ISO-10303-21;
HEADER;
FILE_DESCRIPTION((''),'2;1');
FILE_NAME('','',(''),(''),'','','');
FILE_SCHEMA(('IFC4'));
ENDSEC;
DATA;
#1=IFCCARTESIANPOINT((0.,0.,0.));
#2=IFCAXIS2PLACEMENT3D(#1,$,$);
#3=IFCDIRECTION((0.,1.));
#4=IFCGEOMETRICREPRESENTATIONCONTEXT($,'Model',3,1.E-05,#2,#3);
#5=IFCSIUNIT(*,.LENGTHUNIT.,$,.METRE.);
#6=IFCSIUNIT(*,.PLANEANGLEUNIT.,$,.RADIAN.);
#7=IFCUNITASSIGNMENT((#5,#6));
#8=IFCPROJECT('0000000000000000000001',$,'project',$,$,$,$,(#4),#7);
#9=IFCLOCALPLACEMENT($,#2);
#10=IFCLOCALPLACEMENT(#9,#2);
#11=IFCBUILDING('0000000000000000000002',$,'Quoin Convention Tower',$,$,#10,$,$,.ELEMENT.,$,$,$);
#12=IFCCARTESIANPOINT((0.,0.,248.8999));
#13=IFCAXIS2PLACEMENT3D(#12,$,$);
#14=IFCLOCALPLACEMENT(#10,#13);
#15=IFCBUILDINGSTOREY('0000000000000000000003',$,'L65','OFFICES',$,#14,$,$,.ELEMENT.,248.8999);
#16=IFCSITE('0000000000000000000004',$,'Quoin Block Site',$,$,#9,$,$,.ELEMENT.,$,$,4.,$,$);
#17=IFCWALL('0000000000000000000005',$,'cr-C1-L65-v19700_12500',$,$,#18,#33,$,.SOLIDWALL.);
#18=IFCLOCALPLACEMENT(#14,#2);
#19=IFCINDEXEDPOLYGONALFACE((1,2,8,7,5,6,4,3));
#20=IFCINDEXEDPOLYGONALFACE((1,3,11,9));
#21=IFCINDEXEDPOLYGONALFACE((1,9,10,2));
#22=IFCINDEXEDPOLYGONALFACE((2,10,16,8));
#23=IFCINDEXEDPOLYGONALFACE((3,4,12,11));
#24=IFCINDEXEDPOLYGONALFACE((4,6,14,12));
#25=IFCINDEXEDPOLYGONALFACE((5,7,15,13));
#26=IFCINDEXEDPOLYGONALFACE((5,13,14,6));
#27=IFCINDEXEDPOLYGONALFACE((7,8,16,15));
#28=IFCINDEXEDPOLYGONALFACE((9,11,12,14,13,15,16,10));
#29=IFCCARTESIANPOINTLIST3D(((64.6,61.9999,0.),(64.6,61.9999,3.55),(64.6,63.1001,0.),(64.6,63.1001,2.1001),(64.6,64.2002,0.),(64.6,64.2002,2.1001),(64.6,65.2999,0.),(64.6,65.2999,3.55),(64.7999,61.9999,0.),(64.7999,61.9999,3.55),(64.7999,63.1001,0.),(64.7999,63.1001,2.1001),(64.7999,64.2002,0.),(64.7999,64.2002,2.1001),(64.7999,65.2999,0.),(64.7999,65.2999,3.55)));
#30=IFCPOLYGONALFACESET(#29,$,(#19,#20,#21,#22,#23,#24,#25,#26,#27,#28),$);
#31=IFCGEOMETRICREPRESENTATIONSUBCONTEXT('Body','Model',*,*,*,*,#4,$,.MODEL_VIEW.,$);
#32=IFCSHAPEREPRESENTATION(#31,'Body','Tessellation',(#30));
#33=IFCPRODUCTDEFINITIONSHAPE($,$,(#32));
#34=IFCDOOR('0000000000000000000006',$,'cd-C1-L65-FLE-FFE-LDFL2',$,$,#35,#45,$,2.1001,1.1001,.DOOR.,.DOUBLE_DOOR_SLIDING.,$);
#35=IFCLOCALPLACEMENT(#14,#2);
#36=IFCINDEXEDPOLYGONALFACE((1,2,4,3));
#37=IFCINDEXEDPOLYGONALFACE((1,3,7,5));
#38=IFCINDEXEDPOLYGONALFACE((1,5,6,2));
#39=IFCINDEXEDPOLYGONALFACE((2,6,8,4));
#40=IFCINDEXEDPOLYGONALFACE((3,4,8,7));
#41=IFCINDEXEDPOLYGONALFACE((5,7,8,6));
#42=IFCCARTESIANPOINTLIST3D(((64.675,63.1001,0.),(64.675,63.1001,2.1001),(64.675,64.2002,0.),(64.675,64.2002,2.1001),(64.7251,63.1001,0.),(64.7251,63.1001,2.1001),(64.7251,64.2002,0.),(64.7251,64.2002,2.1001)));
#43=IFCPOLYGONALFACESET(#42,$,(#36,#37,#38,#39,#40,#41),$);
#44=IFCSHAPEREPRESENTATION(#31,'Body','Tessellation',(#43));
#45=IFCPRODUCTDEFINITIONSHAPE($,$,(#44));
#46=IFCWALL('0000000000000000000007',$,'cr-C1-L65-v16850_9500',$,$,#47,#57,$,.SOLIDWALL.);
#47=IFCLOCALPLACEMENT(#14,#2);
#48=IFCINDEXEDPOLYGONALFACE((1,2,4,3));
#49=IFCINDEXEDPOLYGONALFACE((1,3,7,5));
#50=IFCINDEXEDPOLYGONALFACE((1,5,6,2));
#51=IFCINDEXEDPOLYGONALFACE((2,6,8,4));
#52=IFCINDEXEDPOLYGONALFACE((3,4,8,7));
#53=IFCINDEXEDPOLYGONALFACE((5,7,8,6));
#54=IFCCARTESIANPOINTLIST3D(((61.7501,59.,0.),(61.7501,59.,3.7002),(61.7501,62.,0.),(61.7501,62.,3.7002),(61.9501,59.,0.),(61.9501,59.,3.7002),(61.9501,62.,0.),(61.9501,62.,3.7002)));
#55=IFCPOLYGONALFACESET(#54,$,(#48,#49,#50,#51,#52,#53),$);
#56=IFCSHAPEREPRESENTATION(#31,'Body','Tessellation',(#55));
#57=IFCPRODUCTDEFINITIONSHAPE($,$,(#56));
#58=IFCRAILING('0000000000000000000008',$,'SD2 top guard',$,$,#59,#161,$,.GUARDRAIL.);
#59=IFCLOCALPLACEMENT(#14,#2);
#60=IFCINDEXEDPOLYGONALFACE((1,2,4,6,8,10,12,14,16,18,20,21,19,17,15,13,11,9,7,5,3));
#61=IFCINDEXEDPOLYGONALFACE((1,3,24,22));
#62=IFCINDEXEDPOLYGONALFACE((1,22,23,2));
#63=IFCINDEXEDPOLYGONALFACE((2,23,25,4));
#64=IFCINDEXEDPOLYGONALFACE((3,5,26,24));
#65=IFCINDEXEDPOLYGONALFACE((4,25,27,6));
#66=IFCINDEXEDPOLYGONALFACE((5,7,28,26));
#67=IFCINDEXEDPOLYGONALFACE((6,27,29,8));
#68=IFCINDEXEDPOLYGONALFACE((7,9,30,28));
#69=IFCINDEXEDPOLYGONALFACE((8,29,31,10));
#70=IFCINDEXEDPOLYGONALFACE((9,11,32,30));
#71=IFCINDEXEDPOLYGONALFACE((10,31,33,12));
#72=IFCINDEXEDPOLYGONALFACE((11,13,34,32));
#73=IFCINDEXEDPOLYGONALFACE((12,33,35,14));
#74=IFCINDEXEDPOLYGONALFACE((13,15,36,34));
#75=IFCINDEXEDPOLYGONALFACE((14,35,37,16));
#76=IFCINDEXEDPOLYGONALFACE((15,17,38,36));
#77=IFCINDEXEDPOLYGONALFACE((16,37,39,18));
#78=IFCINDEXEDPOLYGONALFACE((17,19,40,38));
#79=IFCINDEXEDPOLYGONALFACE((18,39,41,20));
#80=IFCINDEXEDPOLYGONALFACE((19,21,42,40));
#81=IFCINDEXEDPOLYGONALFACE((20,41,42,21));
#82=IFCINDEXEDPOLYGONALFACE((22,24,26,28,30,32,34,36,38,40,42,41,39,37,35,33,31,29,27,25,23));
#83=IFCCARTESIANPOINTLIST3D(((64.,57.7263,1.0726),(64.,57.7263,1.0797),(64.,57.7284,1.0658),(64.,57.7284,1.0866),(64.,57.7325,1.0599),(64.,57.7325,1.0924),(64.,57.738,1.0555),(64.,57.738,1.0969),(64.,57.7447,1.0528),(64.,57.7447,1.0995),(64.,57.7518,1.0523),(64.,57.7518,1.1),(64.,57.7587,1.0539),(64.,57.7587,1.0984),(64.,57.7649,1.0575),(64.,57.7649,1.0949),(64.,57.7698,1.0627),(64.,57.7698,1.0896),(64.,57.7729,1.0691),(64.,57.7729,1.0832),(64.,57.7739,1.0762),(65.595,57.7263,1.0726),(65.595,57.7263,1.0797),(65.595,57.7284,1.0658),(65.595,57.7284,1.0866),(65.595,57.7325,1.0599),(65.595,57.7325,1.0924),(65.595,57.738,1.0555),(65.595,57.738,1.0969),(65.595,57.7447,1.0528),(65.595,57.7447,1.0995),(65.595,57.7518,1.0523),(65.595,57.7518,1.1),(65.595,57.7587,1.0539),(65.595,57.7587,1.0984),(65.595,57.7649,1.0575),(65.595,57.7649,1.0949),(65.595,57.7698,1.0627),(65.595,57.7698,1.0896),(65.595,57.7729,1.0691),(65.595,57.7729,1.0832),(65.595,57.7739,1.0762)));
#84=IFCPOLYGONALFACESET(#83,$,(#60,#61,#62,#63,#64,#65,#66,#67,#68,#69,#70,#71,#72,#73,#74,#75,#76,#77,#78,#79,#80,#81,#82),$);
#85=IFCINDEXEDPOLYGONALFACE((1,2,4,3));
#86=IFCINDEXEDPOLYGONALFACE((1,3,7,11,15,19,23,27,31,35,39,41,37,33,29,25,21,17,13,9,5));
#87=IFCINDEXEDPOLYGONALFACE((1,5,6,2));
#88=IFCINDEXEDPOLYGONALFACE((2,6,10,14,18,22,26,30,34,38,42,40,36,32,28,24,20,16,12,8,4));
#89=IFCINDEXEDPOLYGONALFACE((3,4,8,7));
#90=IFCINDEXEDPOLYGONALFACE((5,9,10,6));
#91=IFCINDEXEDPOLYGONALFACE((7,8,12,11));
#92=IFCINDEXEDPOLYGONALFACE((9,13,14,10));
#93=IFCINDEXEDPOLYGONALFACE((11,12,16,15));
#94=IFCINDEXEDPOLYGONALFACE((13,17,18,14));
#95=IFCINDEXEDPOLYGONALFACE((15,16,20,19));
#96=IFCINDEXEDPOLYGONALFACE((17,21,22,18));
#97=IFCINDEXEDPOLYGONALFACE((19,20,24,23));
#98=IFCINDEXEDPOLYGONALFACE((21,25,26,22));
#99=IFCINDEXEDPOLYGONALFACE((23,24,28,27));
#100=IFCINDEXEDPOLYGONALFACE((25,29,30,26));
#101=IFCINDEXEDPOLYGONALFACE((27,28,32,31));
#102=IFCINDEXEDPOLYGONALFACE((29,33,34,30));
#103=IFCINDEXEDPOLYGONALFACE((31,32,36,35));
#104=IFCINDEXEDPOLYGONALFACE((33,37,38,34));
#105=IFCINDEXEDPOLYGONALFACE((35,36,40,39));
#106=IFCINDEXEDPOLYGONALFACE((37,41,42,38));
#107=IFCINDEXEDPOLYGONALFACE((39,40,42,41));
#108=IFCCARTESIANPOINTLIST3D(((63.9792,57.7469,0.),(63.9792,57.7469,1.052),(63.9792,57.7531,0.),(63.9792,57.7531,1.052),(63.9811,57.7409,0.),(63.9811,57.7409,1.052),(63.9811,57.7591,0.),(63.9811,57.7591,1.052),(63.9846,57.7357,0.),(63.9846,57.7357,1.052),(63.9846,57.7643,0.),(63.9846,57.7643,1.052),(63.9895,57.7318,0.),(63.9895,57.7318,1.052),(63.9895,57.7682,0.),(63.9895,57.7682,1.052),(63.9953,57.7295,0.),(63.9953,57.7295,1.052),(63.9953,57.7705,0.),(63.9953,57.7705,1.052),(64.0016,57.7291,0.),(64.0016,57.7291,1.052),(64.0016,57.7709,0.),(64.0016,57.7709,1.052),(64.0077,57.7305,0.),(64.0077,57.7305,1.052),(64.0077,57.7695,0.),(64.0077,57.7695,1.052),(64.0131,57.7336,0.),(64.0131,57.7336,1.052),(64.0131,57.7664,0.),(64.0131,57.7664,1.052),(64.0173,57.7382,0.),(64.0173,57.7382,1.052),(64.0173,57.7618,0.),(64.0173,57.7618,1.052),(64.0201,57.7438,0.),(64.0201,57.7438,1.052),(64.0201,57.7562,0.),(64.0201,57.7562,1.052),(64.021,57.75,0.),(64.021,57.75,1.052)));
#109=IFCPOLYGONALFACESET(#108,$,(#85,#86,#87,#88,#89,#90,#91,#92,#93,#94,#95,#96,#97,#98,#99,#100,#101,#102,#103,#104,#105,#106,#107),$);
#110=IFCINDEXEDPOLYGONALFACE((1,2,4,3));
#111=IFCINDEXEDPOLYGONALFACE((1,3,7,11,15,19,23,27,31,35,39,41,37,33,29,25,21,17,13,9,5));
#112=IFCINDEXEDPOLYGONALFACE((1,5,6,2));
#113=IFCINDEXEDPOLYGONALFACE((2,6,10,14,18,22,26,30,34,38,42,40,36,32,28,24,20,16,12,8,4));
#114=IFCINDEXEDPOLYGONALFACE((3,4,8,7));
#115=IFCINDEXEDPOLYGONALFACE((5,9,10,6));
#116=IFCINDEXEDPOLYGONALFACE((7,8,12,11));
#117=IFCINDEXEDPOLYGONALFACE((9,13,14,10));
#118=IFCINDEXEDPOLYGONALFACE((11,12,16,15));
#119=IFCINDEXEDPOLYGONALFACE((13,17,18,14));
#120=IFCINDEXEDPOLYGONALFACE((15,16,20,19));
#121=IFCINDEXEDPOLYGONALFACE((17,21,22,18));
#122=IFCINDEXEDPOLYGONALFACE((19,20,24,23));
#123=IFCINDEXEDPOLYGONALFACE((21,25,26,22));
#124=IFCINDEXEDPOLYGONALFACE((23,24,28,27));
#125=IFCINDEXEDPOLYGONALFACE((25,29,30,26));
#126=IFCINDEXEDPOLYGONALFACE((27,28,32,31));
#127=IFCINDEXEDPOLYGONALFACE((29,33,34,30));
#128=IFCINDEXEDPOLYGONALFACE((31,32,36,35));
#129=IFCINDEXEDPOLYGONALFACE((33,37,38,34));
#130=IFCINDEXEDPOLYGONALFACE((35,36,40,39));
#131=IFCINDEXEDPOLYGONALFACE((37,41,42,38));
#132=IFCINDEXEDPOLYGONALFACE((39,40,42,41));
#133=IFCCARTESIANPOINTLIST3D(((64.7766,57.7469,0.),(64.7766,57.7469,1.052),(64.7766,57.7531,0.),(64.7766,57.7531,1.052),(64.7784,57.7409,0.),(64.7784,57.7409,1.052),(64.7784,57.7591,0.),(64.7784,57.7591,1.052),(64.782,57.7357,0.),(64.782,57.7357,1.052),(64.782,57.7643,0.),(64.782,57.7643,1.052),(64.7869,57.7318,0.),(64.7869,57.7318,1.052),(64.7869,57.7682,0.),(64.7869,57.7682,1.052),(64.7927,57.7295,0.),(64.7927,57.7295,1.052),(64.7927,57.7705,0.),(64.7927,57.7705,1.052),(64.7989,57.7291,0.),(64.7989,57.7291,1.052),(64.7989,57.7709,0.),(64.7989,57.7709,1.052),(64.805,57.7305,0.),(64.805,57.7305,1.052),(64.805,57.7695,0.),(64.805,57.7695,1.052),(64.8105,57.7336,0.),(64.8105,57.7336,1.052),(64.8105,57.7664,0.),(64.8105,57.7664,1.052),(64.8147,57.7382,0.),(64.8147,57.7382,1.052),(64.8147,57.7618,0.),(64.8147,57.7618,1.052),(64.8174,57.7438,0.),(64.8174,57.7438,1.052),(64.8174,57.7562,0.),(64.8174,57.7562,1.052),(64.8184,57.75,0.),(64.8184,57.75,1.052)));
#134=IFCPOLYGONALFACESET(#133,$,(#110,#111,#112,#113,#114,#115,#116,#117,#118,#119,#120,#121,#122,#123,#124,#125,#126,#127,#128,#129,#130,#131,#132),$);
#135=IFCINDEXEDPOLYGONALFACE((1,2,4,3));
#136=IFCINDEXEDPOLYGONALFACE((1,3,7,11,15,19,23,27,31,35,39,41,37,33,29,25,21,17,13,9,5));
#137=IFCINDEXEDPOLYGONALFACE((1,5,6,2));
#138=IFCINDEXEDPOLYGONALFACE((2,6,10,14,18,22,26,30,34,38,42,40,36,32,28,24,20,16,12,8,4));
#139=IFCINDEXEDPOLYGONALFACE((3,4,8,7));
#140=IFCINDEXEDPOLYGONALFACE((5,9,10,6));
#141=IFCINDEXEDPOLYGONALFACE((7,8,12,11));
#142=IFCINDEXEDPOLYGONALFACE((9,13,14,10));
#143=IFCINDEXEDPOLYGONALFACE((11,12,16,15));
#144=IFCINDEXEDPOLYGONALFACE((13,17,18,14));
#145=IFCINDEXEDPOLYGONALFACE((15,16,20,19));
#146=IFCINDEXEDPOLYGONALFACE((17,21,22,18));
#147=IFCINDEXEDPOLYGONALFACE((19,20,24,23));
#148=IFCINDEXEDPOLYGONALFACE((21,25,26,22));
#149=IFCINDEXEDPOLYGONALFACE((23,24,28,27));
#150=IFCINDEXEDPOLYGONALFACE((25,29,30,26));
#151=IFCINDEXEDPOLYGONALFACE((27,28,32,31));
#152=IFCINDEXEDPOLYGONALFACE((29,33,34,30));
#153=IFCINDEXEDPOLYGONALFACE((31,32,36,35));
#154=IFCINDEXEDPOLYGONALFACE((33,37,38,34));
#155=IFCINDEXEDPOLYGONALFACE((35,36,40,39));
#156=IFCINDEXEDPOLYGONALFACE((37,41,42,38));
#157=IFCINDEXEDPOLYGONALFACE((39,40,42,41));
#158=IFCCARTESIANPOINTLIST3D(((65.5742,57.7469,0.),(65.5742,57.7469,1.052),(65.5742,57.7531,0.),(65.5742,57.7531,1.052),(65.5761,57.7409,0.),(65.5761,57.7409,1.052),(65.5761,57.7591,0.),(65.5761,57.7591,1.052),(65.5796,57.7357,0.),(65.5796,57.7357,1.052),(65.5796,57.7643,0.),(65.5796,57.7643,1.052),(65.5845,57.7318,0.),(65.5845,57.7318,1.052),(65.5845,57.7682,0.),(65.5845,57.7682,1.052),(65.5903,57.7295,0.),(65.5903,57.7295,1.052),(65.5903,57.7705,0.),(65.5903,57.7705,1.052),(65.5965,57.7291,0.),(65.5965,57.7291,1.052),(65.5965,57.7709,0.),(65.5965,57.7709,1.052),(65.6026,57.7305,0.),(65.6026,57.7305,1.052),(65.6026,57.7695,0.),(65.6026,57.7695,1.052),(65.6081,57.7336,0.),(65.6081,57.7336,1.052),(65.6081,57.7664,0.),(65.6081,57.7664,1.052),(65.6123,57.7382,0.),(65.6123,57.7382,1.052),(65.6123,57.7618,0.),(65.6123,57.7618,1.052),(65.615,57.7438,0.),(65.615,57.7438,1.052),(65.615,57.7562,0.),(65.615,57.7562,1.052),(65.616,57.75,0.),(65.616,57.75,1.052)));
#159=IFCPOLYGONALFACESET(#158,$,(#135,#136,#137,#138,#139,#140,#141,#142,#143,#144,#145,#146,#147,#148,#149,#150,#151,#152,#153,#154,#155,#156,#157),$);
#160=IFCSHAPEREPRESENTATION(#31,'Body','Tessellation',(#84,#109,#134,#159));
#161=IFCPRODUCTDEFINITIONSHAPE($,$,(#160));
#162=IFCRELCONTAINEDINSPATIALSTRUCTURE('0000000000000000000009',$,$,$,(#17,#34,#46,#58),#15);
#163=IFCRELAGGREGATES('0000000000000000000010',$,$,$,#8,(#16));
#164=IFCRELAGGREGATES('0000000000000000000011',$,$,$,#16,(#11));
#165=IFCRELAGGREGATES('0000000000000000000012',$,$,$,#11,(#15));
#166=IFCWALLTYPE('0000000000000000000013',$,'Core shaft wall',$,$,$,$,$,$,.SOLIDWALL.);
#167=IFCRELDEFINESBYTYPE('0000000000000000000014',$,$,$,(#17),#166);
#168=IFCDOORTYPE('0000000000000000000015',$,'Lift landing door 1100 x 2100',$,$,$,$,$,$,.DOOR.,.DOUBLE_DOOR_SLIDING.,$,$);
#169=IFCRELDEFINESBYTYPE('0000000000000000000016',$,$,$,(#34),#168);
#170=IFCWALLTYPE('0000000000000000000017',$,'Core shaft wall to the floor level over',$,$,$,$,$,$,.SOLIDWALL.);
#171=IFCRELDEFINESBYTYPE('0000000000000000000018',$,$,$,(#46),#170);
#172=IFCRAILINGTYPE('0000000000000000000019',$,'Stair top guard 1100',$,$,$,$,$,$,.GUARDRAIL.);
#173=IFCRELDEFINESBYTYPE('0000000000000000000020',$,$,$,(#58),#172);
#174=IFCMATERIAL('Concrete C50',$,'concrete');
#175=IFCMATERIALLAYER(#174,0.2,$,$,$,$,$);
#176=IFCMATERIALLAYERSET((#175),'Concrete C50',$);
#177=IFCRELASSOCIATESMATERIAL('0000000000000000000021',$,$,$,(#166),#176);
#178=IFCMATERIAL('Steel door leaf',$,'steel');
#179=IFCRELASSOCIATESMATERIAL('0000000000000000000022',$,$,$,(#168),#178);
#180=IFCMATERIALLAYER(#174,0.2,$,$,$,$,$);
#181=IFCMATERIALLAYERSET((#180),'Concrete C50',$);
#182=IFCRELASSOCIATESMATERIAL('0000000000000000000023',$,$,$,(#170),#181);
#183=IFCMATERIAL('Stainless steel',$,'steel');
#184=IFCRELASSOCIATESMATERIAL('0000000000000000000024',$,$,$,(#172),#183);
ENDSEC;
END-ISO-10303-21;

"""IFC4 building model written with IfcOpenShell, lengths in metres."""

from ifc_helpers import new_model, si_unit, direction, frame, frame_2d, origin, origin_2d, place, context, subcontext, project, spatial, rectangle, circle, extrude, material, layer, layer_set, type_object, element, fill, save


model = new_model("IFC4")

# Units and contexts
model_context = context("Model", 3, precision=1e-05, world=origin(), true_north=direction((0.0, 1.0)))
body_context = subcontext(model_context, "Body", "Model", "MODEL_VIEW")
ifc_project = project(units=[si_unit("LENGTHUNIT", "METRE"), si_unit("PLANEANGLEUNIT", "RADIAN")], contexts=[model_context])

# Site, building, storey
site_placement = place(None, origin())
site = spatial("IfcSite", under=ifc_project, at=site_placement, Name="Quoin Block Site", CompositionType="ELEMENT", RefElevation=4.0)
building_placement = place(site_placement, origin())
building = spatial("IfcBuilding", under=site, at=building_placement, Name="Quoin Convention Tower", CompositionType="ELEMENT")
storey_placement = place(building_placement, frame((0.0, 0.0, 248.8999)))
storey = spatial("IfcBuildingStorey", under=building, at=storey_placement, Name="L65", Description="OFFICES", CompositionType="ELEMENT", Elevation=248.8999)

# Shared definitions
ifc_material_1 = material(Name="Concrete C50", Category="concrete")
ifc_layer_1 = layer(ifc_material_1, 0.2)
ifc_layer_set_1 = layer_set([ifc_layer_1], Name="Concrete C50")
wall_type_1 = type_object("IfcWallType", Name="Core shaft wall", PredefinedType="SOLIDWALL", material=ifc_layer_set_1)

# Wall, opening, door
wall_1_placement = place(storey_placement, frame((64.7, 62.0, 0.0), z_axis=(0.0, 0.0, 1.0), x_axis=(0.0, 1.0, 0.0)))
wall_1 = element("IfcWall", 1, at=wall_1_placement, inside=storey, type_object=wall_type_1, Name="cr-C1-L65-v19700_12500", PredefinedType="SOLIDWALL", context=body_context, shape_type="SweptSolid", body=[
    extrude(rectangle(XDim=3.3, YDim=0.2, at=frame_2d((1.6499, 0.0))), origin(), (0.0, 0.0, 1.0), 3.55),
])
opening_placement = place(wall_1_placement, frame((1.1001, 0.0, 0.0)))
opening = element("IfcOpeningElement", 2, at=opening_placement, cuts=wall_1, PredefinedType="OPENING", context=body_context, shape_type="SweptSolid", body=[
    extrude(rectangle(XDim=1.1001, YDim=2.1001, at=frame_2d((0.55, 1.05))), frame((0.0, 0.1099, 0.0), z_axis=(0.0, -1.0, 0.0), x_axis=(1.0, 0.0, 0.0)), (0.0, 0.0, 1.0), 0.22),
])
ifc_material_2 = material(Name="Steel door leaf", Category="steel")
door_type = type_object("IfcDoorType", Name="Lift landing door 1100 x 2100", OperationType="DOUBLE_DOOR_SLIDING", PredefinedType="DOOR", material=ifc_material_2)
door_placement = place(opening_placement, origin())
door = element("IfcDoor", 3, at=door_placement, inside=storey, type_object=door_type, Name="cd-C1-L65-FLE-FFE-LDFL2", OperationType="DOUBLE_DOOR_SLIDING", OverallHeight=2.1001, OverallWidth=1.1001, PredefinedType="DOOR", context=body_context, shape_type="SweptSolid", body=[
    extrude(rectangle(XDim=1.1001, YDim=2.1001, at=frame_2d((0.55, 1.05))), frame((0.0, 0.0249, 0.0), z_axis=(0.0, -1.0, 0.0), x_axis=(1.0, 0.0, 0.0)), (0.0, 0.0, 1.0), 0.05),
])
fill(opening, door)

# Wall
ifc_layer_2 = layer(ifc_material_1, 0.2)
ifc_layer_set_2 = layer_set([ifc_layer_2], Name="Concrete C50")
wall_type_2 = type_object("IfcWallType", Name="Core shaft wall to the floor level over", PredefinedType="SOLIDWALL", material=ifc_layer_set_2)
wall_2_placement = place(storey_placement, frame((61.8501, 59.0, 0.0), z_axis=(0.0, 0.0, 1.0), x_axis=(0.0, 1.0, 0.0)))
element("IfcWall", 4, at=wall_2_placement, inside=storey, type_object=wall_type_2, Name="cr-C1-L65-v16850_9500", PredefinedType="SOLIDWALL", context=body_context, shape_type="SweptSolid", body=[
    extrude(rectangle(XDim=3.0, YDim=0.2, at=frame_2d((1.5, 0.0))), origin(), (0.0, 0.0, 1.0), 3.7002),
])

# Railing
ifc_material_3 = material(Name="Stainless steel", Category="steel")
railing_type = type_object("IfcRailingType", Name="Stair top guard 1100", PredefinedType="GUARDRAIL", material=ifc_material_3)
railing_placement = place(storey_placement, frame((64.0, 57.75, 0.0)))
element("IfcRailing", 5, at=railing_placement, inside=storey, type_object=railing_type, Name="SD2 top guard", PredefinedType="GUARDRAIL", context=body_context, shape_type="SweptSolid", body=[
    extrude(circle(Radius=0.0239, at=origin_2d()), frame((0.0, 0.0, 1.0762), z_axis=(1.0, 0.0, 0.0), x_axis=(0.0, 1.0, 0.0)), (0.0, 0.0, 1.0), 1.595),
    extrude(circle(Radius=0.021, at=origin_2d()), origin(), (0.0, 0.0, 1.0), 1.052),
    extrude(circle(Radius=0.021, at=origin_2d()), frame((0.7974, 0.0, 0.0)), (0.0, 0.0, 1.0), 1.052),
    extrude(circle(Radius=0.021, at=origin_2d()), frame((1.595, 0.0, 0.0)), (0.0, 0.0, 1.0), 1.052),
])

save(model, "model.ifc")
